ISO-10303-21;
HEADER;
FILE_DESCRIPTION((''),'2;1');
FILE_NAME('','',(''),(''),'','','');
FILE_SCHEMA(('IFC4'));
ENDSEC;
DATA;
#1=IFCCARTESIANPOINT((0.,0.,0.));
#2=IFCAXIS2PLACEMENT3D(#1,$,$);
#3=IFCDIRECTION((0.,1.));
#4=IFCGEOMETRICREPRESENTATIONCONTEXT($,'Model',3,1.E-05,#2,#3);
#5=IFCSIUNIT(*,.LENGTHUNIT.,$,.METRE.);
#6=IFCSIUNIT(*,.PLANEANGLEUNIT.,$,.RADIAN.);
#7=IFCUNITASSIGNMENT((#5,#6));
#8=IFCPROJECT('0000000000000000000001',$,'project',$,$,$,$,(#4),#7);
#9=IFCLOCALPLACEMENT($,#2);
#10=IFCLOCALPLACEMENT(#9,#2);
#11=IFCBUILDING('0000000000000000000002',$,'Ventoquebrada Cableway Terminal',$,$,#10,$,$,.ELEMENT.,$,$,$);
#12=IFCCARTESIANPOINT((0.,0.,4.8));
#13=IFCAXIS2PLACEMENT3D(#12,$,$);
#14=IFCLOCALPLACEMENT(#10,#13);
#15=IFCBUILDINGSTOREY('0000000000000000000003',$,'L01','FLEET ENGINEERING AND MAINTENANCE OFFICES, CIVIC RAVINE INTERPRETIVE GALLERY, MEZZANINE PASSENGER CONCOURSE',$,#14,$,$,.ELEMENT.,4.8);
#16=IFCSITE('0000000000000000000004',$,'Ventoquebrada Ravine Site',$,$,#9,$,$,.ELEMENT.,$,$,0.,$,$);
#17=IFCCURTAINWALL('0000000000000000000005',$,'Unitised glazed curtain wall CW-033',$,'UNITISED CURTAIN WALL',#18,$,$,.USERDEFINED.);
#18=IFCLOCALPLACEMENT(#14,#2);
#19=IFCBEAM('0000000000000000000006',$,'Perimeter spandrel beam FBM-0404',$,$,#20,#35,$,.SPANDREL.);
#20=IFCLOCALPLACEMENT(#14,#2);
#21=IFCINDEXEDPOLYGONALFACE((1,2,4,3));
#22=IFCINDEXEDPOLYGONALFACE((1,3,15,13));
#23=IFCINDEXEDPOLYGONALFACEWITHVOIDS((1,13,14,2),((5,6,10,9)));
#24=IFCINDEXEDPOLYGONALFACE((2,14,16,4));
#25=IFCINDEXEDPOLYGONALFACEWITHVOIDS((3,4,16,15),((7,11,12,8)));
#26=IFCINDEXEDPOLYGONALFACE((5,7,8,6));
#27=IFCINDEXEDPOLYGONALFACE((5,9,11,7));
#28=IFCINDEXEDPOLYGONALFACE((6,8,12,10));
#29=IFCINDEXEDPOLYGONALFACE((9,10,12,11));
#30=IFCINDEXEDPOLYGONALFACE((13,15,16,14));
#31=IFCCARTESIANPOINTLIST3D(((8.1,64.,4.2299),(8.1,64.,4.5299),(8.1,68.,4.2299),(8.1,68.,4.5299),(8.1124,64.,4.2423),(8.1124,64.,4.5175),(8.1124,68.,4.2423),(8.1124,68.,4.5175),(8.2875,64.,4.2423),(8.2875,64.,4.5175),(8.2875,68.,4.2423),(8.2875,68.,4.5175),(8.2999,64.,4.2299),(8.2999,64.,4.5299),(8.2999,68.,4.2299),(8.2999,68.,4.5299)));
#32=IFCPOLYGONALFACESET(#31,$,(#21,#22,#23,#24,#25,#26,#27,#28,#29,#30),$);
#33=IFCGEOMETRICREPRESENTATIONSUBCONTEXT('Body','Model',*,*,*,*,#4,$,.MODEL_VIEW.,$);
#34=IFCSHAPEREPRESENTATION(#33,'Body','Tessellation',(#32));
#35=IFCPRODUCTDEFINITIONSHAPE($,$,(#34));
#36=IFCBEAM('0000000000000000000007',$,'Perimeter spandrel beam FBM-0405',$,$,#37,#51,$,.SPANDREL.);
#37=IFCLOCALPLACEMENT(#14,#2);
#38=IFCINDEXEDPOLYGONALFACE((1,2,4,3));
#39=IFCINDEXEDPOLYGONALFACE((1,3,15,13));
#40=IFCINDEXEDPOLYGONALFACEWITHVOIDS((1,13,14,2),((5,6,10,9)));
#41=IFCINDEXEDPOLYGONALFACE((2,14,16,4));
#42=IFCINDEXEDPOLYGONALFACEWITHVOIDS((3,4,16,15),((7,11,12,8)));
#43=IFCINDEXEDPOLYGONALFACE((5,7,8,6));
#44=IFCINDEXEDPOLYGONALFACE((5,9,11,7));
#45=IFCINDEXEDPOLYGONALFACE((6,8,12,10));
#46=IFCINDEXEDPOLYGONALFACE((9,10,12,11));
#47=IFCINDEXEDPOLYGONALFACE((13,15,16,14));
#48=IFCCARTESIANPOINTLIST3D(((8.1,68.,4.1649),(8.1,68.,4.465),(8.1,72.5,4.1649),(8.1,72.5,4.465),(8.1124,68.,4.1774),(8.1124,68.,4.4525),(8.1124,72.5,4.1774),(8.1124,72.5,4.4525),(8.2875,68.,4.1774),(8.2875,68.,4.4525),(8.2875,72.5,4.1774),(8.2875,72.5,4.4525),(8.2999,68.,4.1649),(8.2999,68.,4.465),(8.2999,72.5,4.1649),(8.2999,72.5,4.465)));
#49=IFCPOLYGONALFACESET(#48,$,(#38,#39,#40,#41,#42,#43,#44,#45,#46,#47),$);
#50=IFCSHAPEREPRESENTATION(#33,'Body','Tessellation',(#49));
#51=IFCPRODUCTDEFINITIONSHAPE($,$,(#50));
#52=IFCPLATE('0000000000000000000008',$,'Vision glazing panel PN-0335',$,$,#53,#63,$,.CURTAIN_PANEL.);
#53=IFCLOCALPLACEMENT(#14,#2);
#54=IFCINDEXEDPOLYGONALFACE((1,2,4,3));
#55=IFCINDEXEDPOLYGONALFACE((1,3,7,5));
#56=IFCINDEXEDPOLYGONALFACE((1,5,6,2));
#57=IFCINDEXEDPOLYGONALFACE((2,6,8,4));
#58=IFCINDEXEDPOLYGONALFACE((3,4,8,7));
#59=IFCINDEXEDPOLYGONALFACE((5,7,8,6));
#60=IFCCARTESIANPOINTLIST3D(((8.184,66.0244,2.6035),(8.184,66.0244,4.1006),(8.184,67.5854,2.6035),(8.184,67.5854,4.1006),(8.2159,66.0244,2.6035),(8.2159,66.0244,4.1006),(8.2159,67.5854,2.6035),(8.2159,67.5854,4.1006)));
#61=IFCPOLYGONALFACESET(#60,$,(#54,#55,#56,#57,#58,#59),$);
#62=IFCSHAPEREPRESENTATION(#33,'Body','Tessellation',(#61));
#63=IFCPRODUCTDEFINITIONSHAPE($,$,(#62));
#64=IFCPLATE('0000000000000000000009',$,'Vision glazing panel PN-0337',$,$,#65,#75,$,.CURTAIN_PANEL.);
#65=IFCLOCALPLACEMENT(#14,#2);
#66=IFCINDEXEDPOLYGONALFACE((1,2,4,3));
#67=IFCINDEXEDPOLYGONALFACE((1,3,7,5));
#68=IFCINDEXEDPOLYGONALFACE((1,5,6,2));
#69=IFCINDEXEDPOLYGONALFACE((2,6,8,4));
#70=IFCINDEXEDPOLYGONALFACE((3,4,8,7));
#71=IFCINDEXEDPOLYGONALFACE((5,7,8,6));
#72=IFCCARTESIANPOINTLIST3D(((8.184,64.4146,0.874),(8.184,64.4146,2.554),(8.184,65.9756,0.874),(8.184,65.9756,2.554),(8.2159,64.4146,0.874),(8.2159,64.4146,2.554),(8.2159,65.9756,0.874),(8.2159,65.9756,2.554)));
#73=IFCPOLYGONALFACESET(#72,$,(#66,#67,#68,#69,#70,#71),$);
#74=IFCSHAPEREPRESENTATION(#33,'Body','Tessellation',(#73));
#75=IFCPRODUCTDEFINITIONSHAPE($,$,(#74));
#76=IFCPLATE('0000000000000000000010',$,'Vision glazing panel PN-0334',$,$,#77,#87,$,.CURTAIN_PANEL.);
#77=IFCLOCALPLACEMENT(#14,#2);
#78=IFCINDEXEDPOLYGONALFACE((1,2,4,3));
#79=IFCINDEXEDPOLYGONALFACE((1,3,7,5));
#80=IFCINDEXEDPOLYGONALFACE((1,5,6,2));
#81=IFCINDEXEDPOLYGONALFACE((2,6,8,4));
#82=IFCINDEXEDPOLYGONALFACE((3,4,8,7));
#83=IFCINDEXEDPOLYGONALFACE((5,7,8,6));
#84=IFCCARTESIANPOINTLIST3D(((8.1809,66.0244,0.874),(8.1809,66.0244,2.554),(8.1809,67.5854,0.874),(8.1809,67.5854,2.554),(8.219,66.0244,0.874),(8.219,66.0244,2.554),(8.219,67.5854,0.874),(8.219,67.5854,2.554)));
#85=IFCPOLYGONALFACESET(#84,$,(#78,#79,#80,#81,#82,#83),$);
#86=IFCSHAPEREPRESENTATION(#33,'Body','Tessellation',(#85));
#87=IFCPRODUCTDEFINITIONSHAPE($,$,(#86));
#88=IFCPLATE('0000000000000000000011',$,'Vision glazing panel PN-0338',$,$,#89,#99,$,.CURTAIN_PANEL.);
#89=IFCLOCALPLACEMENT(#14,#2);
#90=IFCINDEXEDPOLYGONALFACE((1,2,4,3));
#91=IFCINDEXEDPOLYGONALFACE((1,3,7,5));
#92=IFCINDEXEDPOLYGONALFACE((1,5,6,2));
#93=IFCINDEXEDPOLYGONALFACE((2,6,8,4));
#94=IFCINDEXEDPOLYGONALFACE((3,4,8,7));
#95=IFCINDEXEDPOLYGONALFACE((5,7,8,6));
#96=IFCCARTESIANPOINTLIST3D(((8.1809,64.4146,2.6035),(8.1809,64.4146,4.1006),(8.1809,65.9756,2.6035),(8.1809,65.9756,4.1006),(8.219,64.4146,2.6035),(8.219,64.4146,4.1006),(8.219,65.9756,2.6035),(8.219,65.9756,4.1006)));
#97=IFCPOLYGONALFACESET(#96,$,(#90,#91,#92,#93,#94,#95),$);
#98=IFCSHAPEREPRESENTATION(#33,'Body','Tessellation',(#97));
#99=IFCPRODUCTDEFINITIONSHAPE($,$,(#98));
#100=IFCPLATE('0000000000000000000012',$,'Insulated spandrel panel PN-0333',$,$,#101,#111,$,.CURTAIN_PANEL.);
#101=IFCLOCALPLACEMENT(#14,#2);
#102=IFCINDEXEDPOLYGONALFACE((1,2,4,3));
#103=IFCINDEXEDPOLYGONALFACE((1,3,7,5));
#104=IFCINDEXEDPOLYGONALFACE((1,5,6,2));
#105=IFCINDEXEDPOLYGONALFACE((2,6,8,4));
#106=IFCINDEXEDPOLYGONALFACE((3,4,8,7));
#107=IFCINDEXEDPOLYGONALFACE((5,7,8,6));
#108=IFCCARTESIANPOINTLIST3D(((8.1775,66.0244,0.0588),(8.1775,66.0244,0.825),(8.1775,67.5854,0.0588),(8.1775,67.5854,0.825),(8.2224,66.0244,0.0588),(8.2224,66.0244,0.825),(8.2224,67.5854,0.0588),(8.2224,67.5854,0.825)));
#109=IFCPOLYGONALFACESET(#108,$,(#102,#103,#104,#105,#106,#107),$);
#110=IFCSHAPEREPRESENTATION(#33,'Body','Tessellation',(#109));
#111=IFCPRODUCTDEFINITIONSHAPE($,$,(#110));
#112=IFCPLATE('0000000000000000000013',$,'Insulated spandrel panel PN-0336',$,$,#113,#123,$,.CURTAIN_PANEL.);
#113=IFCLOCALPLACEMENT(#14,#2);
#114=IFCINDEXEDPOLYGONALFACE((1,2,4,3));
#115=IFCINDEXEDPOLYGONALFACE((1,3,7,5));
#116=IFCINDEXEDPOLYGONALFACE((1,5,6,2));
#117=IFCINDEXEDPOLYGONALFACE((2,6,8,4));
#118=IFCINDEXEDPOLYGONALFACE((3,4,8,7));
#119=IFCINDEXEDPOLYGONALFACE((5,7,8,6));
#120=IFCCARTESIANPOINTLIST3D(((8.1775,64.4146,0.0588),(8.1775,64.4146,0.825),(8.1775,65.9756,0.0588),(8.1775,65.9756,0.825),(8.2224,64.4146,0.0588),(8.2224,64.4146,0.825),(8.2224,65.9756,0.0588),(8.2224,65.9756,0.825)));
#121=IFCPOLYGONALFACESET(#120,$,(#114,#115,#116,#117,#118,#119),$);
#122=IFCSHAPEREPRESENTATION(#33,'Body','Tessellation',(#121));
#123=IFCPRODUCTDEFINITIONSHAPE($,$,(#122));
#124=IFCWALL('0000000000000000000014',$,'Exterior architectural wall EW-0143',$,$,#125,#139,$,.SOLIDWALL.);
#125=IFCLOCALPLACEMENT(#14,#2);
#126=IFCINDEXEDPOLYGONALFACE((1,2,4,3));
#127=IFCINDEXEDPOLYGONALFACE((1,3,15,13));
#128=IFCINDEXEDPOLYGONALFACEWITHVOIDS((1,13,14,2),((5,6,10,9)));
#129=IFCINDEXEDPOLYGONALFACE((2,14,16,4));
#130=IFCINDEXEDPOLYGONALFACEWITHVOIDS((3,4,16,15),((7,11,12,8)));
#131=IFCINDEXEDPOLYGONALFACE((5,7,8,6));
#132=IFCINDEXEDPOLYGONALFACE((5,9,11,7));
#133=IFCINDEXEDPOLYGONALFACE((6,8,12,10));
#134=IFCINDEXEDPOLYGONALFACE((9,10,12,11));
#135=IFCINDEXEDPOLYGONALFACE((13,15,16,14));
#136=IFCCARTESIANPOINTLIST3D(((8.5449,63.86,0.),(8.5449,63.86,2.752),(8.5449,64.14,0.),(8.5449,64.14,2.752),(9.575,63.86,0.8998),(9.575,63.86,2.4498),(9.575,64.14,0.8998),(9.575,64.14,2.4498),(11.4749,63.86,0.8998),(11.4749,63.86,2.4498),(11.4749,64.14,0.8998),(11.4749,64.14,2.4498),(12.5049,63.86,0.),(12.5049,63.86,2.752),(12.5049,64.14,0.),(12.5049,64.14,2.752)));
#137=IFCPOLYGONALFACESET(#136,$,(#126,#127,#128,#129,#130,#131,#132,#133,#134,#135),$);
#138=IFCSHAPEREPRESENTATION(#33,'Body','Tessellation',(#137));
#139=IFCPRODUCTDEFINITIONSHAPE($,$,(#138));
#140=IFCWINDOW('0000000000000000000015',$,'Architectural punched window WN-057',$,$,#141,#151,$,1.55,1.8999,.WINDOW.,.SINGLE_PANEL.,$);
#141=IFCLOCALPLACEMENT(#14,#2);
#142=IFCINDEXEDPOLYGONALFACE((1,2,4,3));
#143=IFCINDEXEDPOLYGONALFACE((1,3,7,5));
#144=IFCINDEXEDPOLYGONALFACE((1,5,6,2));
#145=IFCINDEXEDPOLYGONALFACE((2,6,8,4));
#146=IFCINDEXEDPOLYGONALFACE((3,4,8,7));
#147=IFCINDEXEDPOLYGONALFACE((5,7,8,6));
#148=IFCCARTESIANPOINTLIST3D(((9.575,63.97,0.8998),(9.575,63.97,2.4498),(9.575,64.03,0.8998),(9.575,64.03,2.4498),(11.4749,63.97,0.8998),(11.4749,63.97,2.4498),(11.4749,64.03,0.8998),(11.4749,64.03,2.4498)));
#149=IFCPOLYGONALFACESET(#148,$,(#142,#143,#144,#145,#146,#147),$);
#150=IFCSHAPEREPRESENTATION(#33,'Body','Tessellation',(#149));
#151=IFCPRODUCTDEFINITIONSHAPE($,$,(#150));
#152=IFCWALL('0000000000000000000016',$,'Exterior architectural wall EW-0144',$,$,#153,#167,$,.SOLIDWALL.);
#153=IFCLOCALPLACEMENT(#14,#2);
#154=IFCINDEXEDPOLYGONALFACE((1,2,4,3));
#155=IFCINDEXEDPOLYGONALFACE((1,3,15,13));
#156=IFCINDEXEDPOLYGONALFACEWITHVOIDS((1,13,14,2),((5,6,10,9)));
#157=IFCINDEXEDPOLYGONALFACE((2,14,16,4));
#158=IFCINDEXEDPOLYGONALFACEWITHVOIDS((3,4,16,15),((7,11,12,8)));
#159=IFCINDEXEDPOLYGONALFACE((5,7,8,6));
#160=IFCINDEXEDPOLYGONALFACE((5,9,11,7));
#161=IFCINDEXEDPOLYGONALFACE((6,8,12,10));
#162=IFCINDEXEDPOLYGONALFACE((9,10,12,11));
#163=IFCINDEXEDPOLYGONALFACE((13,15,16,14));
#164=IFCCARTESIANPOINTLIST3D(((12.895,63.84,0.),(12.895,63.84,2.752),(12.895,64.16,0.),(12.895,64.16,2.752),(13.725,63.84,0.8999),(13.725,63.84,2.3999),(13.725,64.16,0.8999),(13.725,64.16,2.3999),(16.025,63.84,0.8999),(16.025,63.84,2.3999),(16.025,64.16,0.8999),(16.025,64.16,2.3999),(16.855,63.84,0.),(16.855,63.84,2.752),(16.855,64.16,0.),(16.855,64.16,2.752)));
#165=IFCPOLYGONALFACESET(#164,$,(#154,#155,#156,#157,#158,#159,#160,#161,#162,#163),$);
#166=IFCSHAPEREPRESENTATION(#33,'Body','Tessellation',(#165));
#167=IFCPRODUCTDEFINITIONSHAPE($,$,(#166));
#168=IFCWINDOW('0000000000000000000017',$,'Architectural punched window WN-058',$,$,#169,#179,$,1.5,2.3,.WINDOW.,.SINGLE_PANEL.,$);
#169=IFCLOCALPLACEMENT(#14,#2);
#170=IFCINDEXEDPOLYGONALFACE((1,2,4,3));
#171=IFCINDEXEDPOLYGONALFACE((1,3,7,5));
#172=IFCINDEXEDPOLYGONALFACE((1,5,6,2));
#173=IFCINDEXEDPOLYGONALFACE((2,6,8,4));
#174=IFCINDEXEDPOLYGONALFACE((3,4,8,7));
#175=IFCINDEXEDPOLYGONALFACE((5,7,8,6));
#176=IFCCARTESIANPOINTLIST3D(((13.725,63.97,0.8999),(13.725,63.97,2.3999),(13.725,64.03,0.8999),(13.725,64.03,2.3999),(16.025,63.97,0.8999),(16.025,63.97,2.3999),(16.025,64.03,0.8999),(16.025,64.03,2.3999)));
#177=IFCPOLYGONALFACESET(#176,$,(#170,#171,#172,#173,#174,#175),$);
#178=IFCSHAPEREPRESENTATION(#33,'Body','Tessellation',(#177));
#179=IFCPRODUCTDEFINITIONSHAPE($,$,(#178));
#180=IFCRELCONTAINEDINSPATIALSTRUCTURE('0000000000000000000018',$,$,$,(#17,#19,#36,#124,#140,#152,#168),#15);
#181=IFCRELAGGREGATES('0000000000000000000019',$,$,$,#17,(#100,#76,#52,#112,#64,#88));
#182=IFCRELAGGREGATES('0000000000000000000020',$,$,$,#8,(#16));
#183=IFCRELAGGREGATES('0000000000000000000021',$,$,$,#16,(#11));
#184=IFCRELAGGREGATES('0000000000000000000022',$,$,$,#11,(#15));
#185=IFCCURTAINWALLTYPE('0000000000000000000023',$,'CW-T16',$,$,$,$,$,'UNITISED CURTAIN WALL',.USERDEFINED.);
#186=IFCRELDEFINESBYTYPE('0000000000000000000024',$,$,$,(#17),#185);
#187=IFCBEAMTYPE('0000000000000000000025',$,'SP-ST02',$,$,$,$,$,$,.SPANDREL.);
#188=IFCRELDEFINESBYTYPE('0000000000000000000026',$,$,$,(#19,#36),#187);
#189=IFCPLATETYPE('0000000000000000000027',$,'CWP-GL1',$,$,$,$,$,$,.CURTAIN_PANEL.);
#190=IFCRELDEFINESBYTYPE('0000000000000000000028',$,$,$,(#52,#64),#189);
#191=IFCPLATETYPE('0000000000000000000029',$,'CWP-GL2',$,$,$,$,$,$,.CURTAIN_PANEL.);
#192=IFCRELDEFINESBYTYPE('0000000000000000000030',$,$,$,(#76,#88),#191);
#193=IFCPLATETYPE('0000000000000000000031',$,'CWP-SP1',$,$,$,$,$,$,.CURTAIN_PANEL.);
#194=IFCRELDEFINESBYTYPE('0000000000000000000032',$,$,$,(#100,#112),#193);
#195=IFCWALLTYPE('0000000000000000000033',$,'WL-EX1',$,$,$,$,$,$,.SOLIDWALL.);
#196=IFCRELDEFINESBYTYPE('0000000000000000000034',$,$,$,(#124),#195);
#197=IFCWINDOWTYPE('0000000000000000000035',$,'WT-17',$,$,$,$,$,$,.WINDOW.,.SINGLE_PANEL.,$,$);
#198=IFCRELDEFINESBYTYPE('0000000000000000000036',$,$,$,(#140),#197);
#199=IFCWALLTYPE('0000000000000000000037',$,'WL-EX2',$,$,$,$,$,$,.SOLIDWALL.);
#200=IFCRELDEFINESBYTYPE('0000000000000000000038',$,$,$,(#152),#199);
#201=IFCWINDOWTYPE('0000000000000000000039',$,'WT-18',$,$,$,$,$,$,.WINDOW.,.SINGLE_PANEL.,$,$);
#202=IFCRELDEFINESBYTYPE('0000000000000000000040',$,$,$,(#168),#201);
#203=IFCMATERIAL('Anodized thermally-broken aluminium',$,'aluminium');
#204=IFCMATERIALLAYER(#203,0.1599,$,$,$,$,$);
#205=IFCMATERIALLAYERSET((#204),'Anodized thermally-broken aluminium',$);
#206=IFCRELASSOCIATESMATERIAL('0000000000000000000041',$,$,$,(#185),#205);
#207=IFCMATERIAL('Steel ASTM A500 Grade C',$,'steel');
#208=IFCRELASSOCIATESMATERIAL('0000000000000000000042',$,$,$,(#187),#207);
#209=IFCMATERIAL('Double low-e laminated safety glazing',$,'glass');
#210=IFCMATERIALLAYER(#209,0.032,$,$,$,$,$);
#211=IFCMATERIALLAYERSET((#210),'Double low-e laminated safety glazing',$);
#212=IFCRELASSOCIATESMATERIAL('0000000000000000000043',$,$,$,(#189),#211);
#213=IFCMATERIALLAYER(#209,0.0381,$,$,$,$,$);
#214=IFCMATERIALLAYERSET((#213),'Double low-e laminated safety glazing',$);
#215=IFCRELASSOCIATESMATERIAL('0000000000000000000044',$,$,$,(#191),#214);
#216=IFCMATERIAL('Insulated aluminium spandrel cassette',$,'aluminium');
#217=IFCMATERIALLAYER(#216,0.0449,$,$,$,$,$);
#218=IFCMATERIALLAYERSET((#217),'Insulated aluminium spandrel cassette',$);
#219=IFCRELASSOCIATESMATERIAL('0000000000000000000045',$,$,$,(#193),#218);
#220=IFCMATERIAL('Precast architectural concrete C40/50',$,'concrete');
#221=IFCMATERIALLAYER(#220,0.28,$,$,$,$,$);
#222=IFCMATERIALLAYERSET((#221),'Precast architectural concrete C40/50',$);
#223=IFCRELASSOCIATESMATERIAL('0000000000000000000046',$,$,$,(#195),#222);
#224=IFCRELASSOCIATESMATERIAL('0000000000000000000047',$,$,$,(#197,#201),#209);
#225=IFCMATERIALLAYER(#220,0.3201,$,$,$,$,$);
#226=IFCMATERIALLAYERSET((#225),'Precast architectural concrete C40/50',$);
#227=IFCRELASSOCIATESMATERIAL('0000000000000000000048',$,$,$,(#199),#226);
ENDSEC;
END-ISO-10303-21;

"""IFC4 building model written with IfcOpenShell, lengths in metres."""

from ifc_helpers import new_model, si_unit, direction, frame, frame_2d, origin, origin_2d, place, context, subcontext, project, spatial, rectangle, hollow_rectangle, extrude, material, layer, layer_set, material_profile, profile_set, type_object, element, fill, aggregate, save


model = new_model("IFC4")

# Units and contexts
model_context = context("Model", 3, precision=1e-05, world=origin(), true_north=direction((0.0, 1.0)))
body_context = subcontext(model_context, "Body", "Model", "MODEL_VIEW")
ifc_project = project(units=[si_unit("LENGTHUNIT", "METRE"), si_unit("PLANEANGLEUNIT", "RADIAN")], contexts=[model_context])

# Site, building, storey
site_placement = place(None, origin())
site = spatial("IfcSite", under=ifc_project, at=site_placement, Name="Ventoquebrada Ravine Site", CompositionType="ELEMENT", RefElevation=0.0)
building_placement = place(site_placement, origin())
building = spatial("IfcBuilding", under=site, at=building_placement, Name="Ventoquebrada Cableway Terminal", CompositionType="ELEMENT")
storey_placement = place(building_placement, frame((0.0, 0.0, 4.8)))
storey = spatial("IfcBuildingStorey", under=building, at=storey_placement, Name="L01", Description="FLEET ENGINEERING AND MAINTENANCE OFFICES, CIVIC RAVINE INTERPRETIVE GALLERY, MEZZANINE PASSENGER CONCOURSE", CompositionType="ELEMENT", Elevation=4.8)

# Curtain wall
ifc_material_1 = material(Name="Anodized thermally-broken aluminium", Category="aluminium")
ifc_layer_1 = layer(ifc_material_1, 0.1599)
ifc_layer_set_1 = layer_set([ifc_layer_1], Name="Anodized thermally-broken aluminium")
curtain_wall_type_1 = type_object("IfcCurtainWallType", Name="CW-T16", ElementType="UNITISED CURTAIN WALL", PredefinedType="USERDEFINED", material=ifc_layer_set_1)
curtain_wall_1_placement = place(storey_placement, origin())
curtain_wall_1 = element("IfcCurtainWall", 1, at=curtain_wall_1_placement, inside=storey, type_object=curtain_wall_type_1, Name="Unitised glazed curtain wall CW-033", ObjectType="UNITISED CURTAIN WALL", PredefinedType="USERDEFINED")

# Beams
ifc_material_2 = material(Name="Steel ASTM A500 Grade C", Category="steel")
ifc_material_profile_1 = material_profile(ifc_material_2, hollow_rectangle(XDim=0.2, YDim=0.3, WallThickness=0.0125, at=origin_2d()), Name="RHS300X200X12.5")
ifc_profile_set_1 = profile_set([ifc_material_profile_1], Name="Steel ASTM A500 Grade C")
beam_type_1 = type_object("IfcBeamType", Name="SP-ST02", PredefinedType="SPANDREL", material=ifc_profile_set_1)
beam_1_placement = place(storey_placement, frame((8.2, 64.0, 4.3799), z_axis=(0.0, 1.0, 0.0), x_axis=(-1.0, 0.0, 0.0)))
element("IfcBeam", 2, at=beam_1_placement, inside=storey, type_object=beam_type_1, Name="Perimeter spandrel beam FBM-0404", PredefinedType="SPANDREL", context=body_context, shape_type="SweptSolid", body=[
    extrude(hollow_rectangle(XDim=0.2, YDim=0.3, WallThickness=0.0125, at=origin_2d()), origin(), (0.0, 0.0, 1.0), 4.0),
])
beam_2_placement = place(storey_placement, frame((8.2, 68.0, 4.3149), z_axis=(0.0, 1.0, 0.0), x_axis=(-1.0, 0.0, 0.0)))
element("IfcBeam", 3, at=beam_2_placement, inside=storey, type_object=beam_type_1, Name="Perimeter spandrel beam FBM-0405", PredefinedType="SPANDREL", context=body_context, shape_type="SweptSolid", body=[
    extrude(hollow_rectangle(XDim=0.2, YDim=0.3, WallThickness=0.0125, at=origin_2d()), origin(), (0.0, 0.0, 1.0), 4.5),
])

# Plates
ifc_material_3 = material(Name="Double low-e laminated safety glazing", Category="glass")
ifc_layer_2 = layer(ifc_material_3, 0.032)
ifc_layer_set_2 = layer_set([ifc_layer_2], Name="Double low-e laminated safety glazing")
plate_type_1 = type_object("IfcPlateType", Name="CWP-GL1", PredefinedType="CURTAIN_PANEL", material=ifc_layer_set_2)
plate_1_placement = place(storey_placement, frame((8.2, 66.8049, 2.6035), z_axis=(0.0, 0.0, 1.0), x_axis=(0.0, -1.0, 0.0)))
plate_1 = element("IfcPlate", 4, at=plate_1_placement, type_object=plate_type_1, Name="Vision glazing panel PN-0335", PredefinedType="CURTAIN_PANEL", context=body_context, shape_type="SweptSolid", body=[
    extrude(rectangle(XDim=1.561, YDim=0.032, at=origin_2d()), origin(), (0.0, 0.0, 1.0), 1.4971),
])
plate_2_placement = place(storey_placement, frame((8.2, 65.1951, 0.874), z_axis=(0.0, 0.0, 1.0), x_axis=(0.0, -1.0, 0.0)))
plate_2 = element("IfcPlate", 5, at=plate_2_placement, type_object=plate_type_1, Name="Vision glazing panel PN-0337", PredefinedType="CURTAIN_PANEL", context=body_context, shape_type="SweptSolid", body=[
    extrude(rectangle(XDim=1.561, YDim=0.032, at=origin_2d()), origin(), (0.0, 0.0, 1.0), 1.6799),
])
ifc_layer_3 = layer(ifc_material_3, 0.0381)
ifc_layer_set_3 = layer_set([ifc_layer_3], Name="Double low-e laminated safety glazing")
plate_type_2 = type_object("IfcPlateType", Name="CWP-GL2", PredefinedType="CURTAIN_PANEL", material=ifc_layer_set_3)
plate_3_placement = place(storey_placement, frame((8.2, 66.8049, 0.874), z_axis=(0.0, 0.0, 1.0), x_axis=(0.0, -1.0, 0.0)))
plate_3 = element("IfcPlate", 6, at=plate_3_placement, type_object=plate_type_2, Name="Vision glazing panel PN-0334", PredefinedType="CURTAIN_PANEL", context=body_context, shape_type="SweptSolid", body=[
    extrude(rectangle(XDim=1.561, YDim=0.0381, at=origin_2d()), origin(), (0.0, 0.0, 1.0), 1.6799),
])
plate_4_placement = place(storey_placement, frame((8.2, 65.1951, 2.6035), z_axis=(0.0, 0.0, 1.0), x_axis=(0.0, -1.0, 0.0)))
plate_4 = element("IfcPlate", 7, at=plate_4_placement, type_object=plate_type_2, Name="Vision glazing panel PN-0338", PredefinedType="CURTAIN_PANEL", context=body_context, shape_type="SweptSolid", body=[
    extrude(rectangle(XDim=1.561, YDim=0.0381, at=origin_2d()), origin(), (0.0, 0.0, 1.0), 1.4971),
])
ifc_material_4 = material(Name="Insulated aluminium spandrel cassette", Category="aluminium")
ifc_layer_4 = layer(ifc_material_4, 0.0449)
ifc_layer_set_4 = layer_set([ifc_layer_4], Name="Insulated aluminium spandrel cassette")
plate_type_3 = type_object("IfcPlateType", Name="CWP-SP1", PredefinedType="CURTAIN_PANEL", material=ifc_layer_set_4)
plate_5_placement = place(storey_placement, frame((8.2, 66.8049, 0.0588), z_axis=(0.0, 0.0, 1.0), x_axis=(0.0, -1.0, 0.0)))
plate_5 = element("IfcPlate", 8, at=plate_5_placement, type_object=plate_type_3, Name="Insulated spandrel panel PN-0333", PredefinedType="CURTAIN_PANEL", context=body_context, shape_type="SweptSolid", body=[
    extrude(rectangle(XDim=1.561, YDim=0.0449, at=origin_2d()), origin(), (0.0, 0.0, 1.0), 0.7661),
])
plate_6_placement = place(storey_placement, frame((8.2, 65.1951, 0.0588), z_axis=(0.0, 0.0, 1.0), x_axis=(0.0, -1.0, 0.0)))
plate_6 = element("IfcPlate", 9, at=plate_6_placement, type_object=plate_type_3, Name="Insulated spandrel panel PN-0336", PredefinedType="CURTAIN_PANEL", context=body_context, shape_type="SweptSolid", body=[
    extrude(rectangle(XDim=1.561, YDim=0.0449, at=origin_2d()), origin(), (0.0, 0.0, 1.0), 0.7661),
])
aggregate(curtain_wall_1, [plate_5, plate_3, plate_1, plate_6, plate_2, plate_4])

# Walls, openings, windows
ifc_material_5 = material(Name="Precast architectural concrete C40/50", Category="concrete")
ifc_layer_5 = layer(ifc_material_5, 0.28)
ifc_layer_set_5 = layer_set([ifc_layer_5], Name="Precast architectural concrete C40/50")
wall_type_1 = type_object("IfcWallType", Name="WL-EX1", PredefinedType="SOLIDWALL", material=ifc_layer_set_5)
wall_1_placement = place(storey_placement, frame((8.5449, 64.0, 0.0), z_axis=(0.0, 0.0, 1.0), x_axis=(1.0, 0.0, 0.0)))
wall_1 = element("IfcWall", 10, at=wall_1_placement, inside=storey, type_object=wall_type_1, Name="Exterior architectural wall EW-0143", PredefinedType="SOLIDWALL", context=body_context, shape_type="SweptSolid", body=[
    extrude(rectangle(XDim=3.96, YDim=0.28, at=frame_2d((1.98, 0.0))), origin(), (0.0, 0.0, 1.0), 2.752),
])
opening_1_placement = place(wall_1_placement, frame((1.03, 0.0, 0.8999)))
opening_1 = element("IfcOpeningElement", 11, at=opening_1_placement, cuts=wall_1, PredefinedType="OPENING", context=body_context, shape_type="SweptSolid", body=[
    extrude(rectangle(XDim=1.8999, YDim=1.55, at=frame_2d((0.95, 0.7749))), frame((0.0, 0.1499, 0.0), z_axis=(0.0, -1.0, 0.0), x_axis=(1.0, 0.0, 0.0)), (0.0, 0.0, 1.0), 0.3),
])
window_type_1 = type_object("IfcWindowType", Name="WT-17", PartitioningType="SINGLE_PANEL", PredefinedType="WINDOW", material=ifc_material_3)
window_1_placement = place(opening_1_placement, origin())
window_1 = element("IfcWindow", 12, at=window_1_placement, inside=storey, type_object=window_type_1, Name="Architectural punched window WN-057", OverallHeight=1.55, OverallWidth=1.8999, PartitioningType="SINGLE_PANEL", PredefinedType="WINDOW", context=body_context, shape_type="SweptSolid", body=[
    extrude(rectangle(XDim=1.8999, YDim=1.55, at=frame_2d((0.95, 0.7749))), frame((0.0, 0.03, 0.0), z_axis=(0.0, -1.0, 0.0), x_axis=(1.0, 0.0, 0.0)), (0.0, 0.0, 1.0), 0.0601),
])
fill(opening_1, window_1)
ifc_layer_6 = layer(ifc_material_5, 0.3201)
ifc_layer_set_6 = layer_set([ifc_layer_6], Name="Precast architectural concrete C40/50")
wall_type_2 = type_object("IfcWallType", Name="WL-EX2", PredefinedType="SOLIDWALL", material=ifc_layer_set_6)
wall_2_placement = place(storey_placement, frame((12.895, 64.0, 0.0), z_axis=(0.0, 0.0, 1.0), x_axis=(1.0, 0.0, 0.0)))
wall_2 = element("IfcWall", 13, at=wall_2_placement, inside=storey, type_object=wall_type_2, Name="Exterior architectural wall EW-0144", PredefinedType="SOLIDWALL", context=body_context, shape_type="SweptSolid", body=[
    extrude(rectangle(XDim=3.96, YDim=0.3201, at=frame_2d((1.98, 0.0))), origin(), (0.0, 0.0, 1.0), 2.752),
])
opening_2_placement = place(wall_2_placement, frame((0.8301, 0.0, 0.8999)))
opening_2 = element("IfcOpeningElement", 14, at=opening_2_placement, cuts=wall_2, PredefinedType="OPENING", context=body_context, shape_type="SweptSolid", body=[
    extrude(rectangle(XDim=2.3, YDim=1.5, at=frame_2d((1.1499, 0.75))), frame((0.0, 0.1699, 0.0), z_axis=(0.0, -1.0, 0.0), x_axis=(1.0, 0.0, 0.0)), (0.0, 0.0, 1.0), 0.3401),
])
window_type_2 = type_object("IfcWindowType", Name="WT-18", PartitioningType="SINGLE_PANEL", PredefinedType="WINDOW", material=ifc_material_3)
window_2_placement = place(opening_2_placement, origin())
window_2 = element("IfcWindow", 15, at=window_2_placement, inside=storey, type_object=window_type_2, Name="Architectural punched window WN-058", OverallHeight=1.5, OverallWidth=2.3, PartitioningType="SINGLE_PANEL", PredefinedType="WINDOW", context=body_context, shape_type="SweptSolid", body=[
    extrude(rectangle(XDim=2.3, YDim=1.5, at=frame_2d((1.1499, 0.75))), frame((0.0, 0.03, 0.0), z_axis=(0.0, -1.0, 0.0), x_axis=(1.0, 0.0, 0.0)), (0.0, 0.0, 1.0), 0.0601),
])
fill(opening_2, window_2)

save(model, "model.ifc")
